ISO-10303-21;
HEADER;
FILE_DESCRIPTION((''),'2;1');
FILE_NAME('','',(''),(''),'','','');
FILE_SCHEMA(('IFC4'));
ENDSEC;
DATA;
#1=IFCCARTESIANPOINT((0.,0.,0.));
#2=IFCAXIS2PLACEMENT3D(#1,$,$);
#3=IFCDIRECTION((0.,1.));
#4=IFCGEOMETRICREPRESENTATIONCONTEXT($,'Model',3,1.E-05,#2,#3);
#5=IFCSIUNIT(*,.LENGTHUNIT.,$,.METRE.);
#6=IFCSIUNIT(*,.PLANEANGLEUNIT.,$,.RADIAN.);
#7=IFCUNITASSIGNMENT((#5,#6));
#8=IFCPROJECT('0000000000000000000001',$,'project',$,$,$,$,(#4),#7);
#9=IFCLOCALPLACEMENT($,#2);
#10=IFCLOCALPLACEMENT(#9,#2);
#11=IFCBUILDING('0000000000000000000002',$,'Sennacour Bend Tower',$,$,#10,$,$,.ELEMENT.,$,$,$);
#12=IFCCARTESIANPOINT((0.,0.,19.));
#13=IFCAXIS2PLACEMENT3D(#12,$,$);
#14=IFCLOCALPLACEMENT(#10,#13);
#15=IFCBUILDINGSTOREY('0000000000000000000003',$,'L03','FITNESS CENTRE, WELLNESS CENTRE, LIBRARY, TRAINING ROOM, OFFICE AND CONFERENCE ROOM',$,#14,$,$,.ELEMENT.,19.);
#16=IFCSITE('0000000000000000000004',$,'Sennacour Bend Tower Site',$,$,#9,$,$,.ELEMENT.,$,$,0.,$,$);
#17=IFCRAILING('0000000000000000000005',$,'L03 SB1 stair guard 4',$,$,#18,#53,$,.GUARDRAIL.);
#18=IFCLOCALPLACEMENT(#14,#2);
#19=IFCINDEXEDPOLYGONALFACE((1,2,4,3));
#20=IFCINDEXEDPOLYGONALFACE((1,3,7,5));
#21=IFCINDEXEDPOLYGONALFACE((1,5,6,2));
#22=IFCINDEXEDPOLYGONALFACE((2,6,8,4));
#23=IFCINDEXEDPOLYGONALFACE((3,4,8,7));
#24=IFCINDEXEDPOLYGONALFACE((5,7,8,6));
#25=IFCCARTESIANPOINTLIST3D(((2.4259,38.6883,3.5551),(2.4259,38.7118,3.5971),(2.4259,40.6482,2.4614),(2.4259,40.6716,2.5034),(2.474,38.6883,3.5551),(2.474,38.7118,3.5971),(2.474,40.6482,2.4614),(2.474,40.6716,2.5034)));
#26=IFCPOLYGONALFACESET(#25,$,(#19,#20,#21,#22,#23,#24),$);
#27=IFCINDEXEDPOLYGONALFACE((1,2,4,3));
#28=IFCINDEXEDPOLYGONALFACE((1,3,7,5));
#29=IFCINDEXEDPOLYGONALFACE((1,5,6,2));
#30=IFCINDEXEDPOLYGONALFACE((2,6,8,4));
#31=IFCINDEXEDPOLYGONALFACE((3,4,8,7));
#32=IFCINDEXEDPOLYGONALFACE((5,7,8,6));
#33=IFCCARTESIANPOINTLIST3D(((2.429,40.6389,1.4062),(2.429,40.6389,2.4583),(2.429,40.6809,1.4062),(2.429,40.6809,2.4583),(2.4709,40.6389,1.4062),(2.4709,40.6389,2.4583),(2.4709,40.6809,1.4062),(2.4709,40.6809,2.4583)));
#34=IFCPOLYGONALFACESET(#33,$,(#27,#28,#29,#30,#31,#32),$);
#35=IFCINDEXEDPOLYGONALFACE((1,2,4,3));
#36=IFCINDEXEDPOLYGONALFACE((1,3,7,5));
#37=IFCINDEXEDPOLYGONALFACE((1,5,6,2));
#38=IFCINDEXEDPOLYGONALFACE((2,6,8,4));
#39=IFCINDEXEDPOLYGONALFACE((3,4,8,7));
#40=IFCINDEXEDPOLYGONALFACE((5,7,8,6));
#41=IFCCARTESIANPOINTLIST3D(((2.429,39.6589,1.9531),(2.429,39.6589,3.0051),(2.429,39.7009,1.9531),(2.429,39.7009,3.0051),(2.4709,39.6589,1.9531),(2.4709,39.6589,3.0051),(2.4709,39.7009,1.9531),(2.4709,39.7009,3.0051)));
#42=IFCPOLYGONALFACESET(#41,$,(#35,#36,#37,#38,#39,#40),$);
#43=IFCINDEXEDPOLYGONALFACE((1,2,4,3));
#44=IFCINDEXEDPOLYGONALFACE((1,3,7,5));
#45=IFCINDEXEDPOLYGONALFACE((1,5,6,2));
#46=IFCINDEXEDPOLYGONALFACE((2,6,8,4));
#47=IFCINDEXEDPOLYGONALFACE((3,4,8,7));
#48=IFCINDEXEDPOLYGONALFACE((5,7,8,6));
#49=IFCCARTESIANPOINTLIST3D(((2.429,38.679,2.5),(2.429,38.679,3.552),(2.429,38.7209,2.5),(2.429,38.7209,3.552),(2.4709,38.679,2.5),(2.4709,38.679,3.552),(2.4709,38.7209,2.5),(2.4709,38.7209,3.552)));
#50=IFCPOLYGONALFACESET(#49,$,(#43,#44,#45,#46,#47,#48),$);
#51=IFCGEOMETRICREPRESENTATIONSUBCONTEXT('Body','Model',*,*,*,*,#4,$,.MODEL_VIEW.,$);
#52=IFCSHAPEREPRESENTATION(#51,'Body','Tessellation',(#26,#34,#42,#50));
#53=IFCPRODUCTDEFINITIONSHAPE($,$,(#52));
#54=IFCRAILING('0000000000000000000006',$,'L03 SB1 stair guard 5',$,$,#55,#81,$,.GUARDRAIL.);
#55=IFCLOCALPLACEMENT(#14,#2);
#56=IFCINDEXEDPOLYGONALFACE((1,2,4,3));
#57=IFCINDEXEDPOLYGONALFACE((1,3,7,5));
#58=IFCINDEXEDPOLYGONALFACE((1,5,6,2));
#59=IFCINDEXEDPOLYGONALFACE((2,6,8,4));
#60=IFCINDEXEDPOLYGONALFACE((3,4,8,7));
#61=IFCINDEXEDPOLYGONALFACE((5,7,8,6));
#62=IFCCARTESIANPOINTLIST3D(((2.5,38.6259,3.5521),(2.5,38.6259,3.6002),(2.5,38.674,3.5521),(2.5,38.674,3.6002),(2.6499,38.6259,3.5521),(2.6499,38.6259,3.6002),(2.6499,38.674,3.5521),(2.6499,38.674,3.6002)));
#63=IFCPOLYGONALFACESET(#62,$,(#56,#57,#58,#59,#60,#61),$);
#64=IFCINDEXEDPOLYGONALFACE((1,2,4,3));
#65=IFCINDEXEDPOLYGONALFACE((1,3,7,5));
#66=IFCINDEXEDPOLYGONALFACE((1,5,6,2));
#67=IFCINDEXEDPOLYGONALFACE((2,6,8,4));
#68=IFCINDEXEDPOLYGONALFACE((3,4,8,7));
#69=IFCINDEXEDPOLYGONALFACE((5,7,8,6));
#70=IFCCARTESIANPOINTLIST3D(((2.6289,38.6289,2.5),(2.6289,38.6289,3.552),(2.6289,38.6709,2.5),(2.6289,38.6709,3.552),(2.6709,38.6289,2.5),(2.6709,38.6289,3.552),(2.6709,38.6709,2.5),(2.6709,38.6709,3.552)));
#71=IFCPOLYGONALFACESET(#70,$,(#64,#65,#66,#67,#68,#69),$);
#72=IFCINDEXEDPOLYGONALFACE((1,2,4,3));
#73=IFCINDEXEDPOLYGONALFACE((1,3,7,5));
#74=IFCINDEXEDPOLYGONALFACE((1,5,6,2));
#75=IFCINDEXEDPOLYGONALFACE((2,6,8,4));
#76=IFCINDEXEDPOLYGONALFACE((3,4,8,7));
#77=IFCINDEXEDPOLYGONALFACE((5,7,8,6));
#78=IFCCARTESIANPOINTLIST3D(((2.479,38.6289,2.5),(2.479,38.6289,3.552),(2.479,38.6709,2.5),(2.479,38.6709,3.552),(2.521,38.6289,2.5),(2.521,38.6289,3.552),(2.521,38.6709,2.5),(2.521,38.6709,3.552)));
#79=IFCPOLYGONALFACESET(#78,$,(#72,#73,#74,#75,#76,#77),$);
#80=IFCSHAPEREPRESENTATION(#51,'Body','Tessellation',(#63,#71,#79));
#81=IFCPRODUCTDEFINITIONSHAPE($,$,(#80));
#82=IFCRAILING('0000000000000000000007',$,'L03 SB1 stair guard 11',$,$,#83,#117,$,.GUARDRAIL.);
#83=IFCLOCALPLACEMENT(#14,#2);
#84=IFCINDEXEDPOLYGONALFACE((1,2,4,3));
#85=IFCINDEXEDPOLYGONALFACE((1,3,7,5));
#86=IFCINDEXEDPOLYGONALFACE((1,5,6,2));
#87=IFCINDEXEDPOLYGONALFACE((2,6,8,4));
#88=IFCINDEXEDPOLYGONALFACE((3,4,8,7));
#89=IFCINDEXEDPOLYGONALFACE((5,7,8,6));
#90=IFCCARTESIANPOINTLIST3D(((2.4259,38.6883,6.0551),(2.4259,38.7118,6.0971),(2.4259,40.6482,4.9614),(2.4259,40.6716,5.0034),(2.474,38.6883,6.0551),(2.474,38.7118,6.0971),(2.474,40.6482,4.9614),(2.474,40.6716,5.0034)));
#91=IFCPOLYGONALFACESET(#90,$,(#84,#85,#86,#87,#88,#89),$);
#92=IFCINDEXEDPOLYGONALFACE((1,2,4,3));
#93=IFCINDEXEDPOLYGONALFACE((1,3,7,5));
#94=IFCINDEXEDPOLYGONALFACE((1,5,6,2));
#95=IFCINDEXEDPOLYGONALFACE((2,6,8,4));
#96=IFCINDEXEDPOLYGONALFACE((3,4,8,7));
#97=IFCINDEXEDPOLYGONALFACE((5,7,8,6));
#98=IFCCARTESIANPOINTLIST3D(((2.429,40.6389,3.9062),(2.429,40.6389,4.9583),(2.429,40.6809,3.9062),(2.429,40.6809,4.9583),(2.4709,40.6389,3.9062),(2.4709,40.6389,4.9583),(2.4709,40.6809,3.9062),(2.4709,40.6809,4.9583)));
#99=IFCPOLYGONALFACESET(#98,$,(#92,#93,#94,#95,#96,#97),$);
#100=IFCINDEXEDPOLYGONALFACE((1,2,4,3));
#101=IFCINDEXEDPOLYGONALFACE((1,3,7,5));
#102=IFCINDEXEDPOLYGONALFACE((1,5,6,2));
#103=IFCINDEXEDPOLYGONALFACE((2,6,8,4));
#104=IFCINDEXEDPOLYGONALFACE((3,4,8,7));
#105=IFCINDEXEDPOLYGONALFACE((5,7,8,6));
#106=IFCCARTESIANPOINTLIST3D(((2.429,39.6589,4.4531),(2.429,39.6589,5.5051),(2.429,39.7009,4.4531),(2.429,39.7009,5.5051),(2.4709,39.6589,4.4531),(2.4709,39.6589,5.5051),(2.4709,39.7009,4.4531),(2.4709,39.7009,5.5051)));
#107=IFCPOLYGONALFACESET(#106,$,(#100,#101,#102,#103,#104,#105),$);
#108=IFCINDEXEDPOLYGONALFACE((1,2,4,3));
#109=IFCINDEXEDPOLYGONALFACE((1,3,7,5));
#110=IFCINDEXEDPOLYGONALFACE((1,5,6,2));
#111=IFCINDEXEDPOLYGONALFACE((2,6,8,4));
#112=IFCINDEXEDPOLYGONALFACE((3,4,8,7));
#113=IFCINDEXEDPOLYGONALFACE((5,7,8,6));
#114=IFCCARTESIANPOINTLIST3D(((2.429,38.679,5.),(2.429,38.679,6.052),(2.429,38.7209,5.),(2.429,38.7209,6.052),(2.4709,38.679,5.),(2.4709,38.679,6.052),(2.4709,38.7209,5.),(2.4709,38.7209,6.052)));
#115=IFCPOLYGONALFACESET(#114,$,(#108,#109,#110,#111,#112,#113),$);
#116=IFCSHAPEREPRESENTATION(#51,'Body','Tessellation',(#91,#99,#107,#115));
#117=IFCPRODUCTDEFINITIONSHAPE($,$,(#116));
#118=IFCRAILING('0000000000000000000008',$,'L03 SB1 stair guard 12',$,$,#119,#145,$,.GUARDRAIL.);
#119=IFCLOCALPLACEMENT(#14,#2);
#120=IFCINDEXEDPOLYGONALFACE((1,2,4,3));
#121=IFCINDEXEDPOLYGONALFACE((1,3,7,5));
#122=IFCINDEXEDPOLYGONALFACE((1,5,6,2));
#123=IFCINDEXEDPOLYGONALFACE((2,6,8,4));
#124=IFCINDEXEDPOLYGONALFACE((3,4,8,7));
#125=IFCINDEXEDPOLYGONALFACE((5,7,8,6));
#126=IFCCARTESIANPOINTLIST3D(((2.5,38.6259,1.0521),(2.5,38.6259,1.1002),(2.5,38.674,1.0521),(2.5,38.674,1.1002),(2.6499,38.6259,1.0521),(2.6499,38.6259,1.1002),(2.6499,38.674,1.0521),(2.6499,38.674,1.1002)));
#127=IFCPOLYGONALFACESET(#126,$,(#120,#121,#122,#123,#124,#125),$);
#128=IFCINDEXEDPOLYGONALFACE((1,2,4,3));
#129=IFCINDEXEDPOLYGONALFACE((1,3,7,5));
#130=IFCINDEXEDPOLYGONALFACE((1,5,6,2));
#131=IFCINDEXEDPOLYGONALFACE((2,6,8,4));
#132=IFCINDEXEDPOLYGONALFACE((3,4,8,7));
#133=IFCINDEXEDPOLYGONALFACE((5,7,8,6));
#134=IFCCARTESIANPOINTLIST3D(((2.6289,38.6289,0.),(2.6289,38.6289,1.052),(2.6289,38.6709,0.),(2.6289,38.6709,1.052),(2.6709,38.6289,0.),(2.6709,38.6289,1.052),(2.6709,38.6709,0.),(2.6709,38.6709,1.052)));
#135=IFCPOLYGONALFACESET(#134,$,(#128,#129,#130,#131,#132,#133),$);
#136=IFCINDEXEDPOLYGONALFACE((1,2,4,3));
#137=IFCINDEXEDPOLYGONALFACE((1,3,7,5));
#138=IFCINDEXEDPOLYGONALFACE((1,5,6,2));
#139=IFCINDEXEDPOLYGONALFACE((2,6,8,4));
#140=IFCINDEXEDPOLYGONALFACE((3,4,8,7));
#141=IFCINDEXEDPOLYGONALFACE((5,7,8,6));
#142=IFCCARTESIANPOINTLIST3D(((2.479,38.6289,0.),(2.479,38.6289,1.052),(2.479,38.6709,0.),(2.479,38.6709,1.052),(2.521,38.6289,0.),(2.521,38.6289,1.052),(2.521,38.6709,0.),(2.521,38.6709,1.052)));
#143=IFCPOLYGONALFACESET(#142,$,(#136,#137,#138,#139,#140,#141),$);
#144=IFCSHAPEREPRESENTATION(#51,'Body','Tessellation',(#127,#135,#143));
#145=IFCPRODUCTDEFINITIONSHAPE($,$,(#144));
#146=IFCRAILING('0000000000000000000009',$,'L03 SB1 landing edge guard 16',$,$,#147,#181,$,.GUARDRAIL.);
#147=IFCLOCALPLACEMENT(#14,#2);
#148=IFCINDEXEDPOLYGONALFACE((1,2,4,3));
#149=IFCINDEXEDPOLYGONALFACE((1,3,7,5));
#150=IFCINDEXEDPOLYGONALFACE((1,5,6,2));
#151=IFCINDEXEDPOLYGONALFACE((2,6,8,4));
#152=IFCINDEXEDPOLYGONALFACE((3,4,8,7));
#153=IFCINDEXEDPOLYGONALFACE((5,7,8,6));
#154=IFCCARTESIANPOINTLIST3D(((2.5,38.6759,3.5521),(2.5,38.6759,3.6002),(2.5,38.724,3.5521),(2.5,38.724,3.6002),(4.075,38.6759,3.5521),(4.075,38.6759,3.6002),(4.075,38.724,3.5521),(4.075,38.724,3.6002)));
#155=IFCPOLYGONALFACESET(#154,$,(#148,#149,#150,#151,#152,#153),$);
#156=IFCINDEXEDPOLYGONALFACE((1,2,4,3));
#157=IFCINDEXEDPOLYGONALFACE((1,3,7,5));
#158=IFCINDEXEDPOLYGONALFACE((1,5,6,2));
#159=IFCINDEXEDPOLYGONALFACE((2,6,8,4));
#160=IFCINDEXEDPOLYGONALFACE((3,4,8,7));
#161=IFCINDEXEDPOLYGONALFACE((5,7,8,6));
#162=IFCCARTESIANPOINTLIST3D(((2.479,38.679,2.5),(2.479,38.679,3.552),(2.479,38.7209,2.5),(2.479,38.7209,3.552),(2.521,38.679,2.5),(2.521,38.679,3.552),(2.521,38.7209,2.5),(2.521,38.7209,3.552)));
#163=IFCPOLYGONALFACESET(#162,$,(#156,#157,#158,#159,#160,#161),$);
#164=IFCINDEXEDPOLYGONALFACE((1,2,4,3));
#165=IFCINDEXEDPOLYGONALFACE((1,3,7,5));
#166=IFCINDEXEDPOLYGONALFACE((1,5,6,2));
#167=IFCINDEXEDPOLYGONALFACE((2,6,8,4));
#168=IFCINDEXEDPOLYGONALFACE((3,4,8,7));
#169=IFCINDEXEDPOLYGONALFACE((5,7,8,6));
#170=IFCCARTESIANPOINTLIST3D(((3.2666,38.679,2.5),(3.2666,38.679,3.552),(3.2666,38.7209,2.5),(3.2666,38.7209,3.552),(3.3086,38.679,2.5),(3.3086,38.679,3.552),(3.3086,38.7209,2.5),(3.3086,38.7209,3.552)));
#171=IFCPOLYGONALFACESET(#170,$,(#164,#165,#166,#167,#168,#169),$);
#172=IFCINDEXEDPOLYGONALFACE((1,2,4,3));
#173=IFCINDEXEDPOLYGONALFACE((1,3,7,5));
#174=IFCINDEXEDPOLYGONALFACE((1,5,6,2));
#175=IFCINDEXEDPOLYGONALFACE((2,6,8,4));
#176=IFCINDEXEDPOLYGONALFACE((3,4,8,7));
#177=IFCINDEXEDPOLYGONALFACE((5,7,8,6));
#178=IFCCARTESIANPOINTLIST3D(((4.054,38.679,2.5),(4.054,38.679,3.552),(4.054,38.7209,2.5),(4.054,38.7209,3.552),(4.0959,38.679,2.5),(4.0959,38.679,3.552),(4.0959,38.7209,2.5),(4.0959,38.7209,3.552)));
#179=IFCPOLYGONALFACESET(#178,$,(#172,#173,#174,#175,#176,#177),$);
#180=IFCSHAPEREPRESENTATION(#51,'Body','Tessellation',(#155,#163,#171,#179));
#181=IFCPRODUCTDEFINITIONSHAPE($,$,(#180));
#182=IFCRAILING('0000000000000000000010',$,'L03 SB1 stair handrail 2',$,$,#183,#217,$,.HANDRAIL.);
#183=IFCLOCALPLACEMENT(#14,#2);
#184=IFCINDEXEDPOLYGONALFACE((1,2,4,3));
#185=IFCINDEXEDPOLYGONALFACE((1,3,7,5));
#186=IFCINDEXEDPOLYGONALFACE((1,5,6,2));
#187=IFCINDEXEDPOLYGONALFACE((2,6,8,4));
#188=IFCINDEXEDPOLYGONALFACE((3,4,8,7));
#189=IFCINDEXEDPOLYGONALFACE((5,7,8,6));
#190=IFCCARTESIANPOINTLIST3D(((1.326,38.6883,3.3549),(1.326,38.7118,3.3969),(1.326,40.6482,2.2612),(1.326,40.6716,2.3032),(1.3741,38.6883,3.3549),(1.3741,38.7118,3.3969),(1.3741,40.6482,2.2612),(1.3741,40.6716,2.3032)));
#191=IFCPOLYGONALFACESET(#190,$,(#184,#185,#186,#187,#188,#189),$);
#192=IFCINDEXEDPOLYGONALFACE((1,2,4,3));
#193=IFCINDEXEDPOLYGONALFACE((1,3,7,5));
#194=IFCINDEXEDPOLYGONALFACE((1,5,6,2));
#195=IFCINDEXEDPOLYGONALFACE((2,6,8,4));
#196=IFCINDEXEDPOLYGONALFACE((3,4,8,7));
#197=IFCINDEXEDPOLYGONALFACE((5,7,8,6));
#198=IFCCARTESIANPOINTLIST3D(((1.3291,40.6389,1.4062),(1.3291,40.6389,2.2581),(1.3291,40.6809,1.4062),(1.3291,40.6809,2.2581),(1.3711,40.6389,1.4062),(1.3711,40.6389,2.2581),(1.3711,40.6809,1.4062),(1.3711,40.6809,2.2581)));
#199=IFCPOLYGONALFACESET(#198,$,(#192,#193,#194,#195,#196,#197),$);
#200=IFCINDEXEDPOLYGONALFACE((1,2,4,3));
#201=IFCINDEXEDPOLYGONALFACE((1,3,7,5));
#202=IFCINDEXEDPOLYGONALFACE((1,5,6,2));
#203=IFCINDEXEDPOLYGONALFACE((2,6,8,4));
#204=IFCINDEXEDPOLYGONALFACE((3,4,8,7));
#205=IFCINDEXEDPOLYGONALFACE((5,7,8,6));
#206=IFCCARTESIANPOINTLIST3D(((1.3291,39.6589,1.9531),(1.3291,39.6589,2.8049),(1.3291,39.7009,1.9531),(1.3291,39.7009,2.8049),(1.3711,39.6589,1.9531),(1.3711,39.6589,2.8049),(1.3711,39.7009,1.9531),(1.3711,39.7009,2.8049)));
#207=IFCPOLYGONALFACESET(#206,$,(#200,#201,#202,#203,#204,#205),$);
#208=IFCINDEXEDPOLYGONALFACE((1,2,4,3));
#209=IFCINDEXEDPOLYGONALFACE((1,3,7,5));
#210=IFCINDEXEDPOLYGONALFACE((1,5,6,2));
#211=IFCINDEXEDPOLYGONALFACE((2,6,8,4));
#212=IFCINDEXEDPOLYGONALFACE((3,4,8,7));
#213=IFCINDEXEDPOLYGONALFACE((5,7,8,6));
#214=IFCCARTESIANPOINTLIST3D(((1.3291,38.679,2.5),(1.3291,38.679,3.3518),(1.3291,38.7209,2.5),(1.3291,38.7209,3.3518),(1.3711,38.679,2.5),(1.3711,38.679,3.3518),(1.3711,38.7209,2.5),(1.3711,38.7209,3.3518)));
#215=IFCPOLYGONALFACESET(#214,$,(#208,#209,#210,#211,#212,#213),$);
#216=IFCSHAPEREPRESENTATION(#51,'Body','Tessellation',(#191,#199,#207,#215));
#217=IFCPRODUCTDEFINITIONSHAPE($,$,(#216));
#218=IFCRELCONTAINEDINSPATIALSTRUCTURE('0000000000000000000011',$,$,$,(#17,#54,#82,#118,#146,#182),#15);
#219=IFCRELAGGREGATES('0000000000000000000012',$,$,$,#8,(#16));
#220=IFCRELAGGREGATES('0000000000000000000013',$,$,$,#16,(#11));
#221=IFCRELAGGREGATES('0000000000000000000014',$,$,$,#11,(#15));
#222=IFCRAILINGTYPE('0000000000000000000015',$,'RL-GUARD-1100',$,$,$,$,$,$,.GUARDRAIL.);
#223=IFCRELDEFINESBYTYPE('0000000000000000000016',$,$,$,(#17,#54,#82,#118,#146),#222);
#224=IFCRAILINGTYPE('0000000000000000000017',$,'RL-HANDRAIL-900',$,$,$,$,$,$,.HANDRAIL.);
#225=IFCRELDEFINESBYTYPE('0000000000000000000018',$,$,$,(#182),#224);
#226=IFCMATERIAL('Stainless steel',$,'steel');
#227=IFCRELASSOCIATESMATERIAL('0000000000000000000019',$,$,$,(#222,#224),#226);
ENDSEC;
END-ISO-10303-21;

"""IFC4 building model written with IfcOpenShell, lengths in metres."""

from ifc_helpers import new_model, si_unit, direction, frame, origin, origin_2d, place, context, subcontext, project, spatial, rectangle, extrude, material, type_object, element, save


model = new_model("IFC4")

# Units and contexts
model_context = context("Model", 3, precision=1e-05, world=origin(), true_north=direction((0.0, 1.0)))
body_context = subcontext(model_context, "Body", "Model", "MODEL_VIEW")
ifc_project = project(units=[si_unit("LENGTHUNIT", "METRE"), si_unit("PLANEANGLEUNIT", "RADIAN")], contexts=[model_context])

# Site, building, storey
site_placement = place(None, origin())
site = spatial("IfcSite", under=ifc_project, at=site_placement, Name="Sennacour Bend Tower Site", CompositionType="ELEMENT", RefElevation=0.0)
building_placement = place(site_placement, origin())
building = spatial("IfcBuilding", under=site, at=building_placement, Name="Sennacour Bend Tower", CompositionType="ELEMENT")
storey_placement = place(building_placement, frame((0.0, 0.0, 19.0)))
storey = spatial("IfcBuildingStorey", under=building, at=storey_placement, Name="L03", Description="FITNESS CENTRE, WELLNESS CENTRE, LIBRARY, TRAINING ROOM, OFFICE AND CONFERENCE ROOM", CompositionType="ELEMENT", Elevation=19.0)

# Railings
ifc_material_1 = material(Name="Stainless steel", Category="steel")
railing_type_1 = type_object("IfcRailingType", Name="RL-GUARD-1100", PredefinedType="GUARDRAIL", material=ifc_material_1)
railing_1_placement = place(storey_placement, frame((2.45, 40.6599, 1.4062)))
element("IfcRailing", 1, at=railing_1_placement, inside=storey, type_object=railing_type_1, Name="L03 SB1 stair guard 4", PredefinedType="GUARDRAIL", context=body_context, shape_type="SweptSolid", body=[
    extrude(rectangle(XDim=0.0481, YDim=0.0481, at=origin_2d()), frame((0.0, 0.0, 1.0762), z_axis=(0.0, -0.873232, 0.487304), x_axis=(1.0, 0.0, 0.0)), (0.0, 0.0, 1.0), 2.2444),
    extrude(rectangle(XDim=0.042, YDim=0.042, at=origin_2d()), origin(), (0.0, 0.0, 1.0), 1.052),
    extrude(rectangle(XDim=0.042, YDim=0.042, at=origin_2d()), frame((0.0, -0.98, 0.5469)), (0.0, 0.0, 1.0), 1.052),
    extrude(rectangle(XDim=0.042, YDim=0.042, at=origin_2d()), frame((0.0, -1.96, 1.0938)), (0.0, 0.0, 1.0), 1.052),
])
railing_2_placement = place(storey_placement, frame((2.6499, 38.6499, 2.5)))
element("IfcRailing", 2, at=railing_2_placement, inside=storey, type_object=railing_type_1, Name="L03 SB1 stair guard 5", PredefinedType="GUARDRAIL", context=body_context, shape_type="SweptSolid", body=[
    extrude(rectangle(XDim=0.0481, YDim=0.0481, at=origin_2d()), frame((0.0, 0.0, 1.0762), z_axis=(-1.0, 0.0, 0.0), x_axis=(0.0, -1.0, 0.0)), (0.0, 0.0, 1.0), 0.1499),
    extrude(rectangle(XDim=0.042, YDim=0.042, at=origin_2d()), origin(), (0.0, 0.0, 1.0), 1.052),
    extrude(rectangle(XDim=0.042, YDim=0.042, at=origin_2d()), frame((-0.1499, 0.0, 0.0)), (0.0, 0.0, 1.0), 1.052),
])
railing_3_placement = place(storey_placement, frame((2.45, 40.6599, 3.9062)))
element("IfcRailing", 3, at=railing_3_placement, inside=storey, type_object=railing_type_1, Name="L03 SB1 stair guard 11", PredefinedType="GUARDRAIL", context=body_context, shape_type="SweptSolid", body=[
    extrude(rectangle(XDim=0.0481, YDim=0.0481, at=origin_2d()), frame((0.0, 0.0, 1.0762), z_axis=(0.0, -0.873232, 0.487304), x_axis=(1.0, 0.0, 0.0)), (0.0, 0.0, 1.0), 2.2444),
    extrude(rectangle(XDim=0.042, YDim=0.042, at=origin_2d()), origin(), (0.0, 0.0, 1.0), 1.052),
    extrude(rectangle(XDim=0.042, YDim=0.042, at=origin_2d()), frame((0.0, -0.98, 0.5469)), (0.0, 0.0, 1.0), 1.052),
    extrude(rectangle(XDim=0.042, YDim=0.042, at=origin_2d()), frame((0.0, -1.96, 1.0938)), (0.0, 0.0, 1.0), 1.052),
])
railing_4_placement = place(storey_placement, frame((2.6499, 38.6499, 0.0)))
element("IfcRailing", 4, at=railing_4_placement, inside=storey, type_object=railing_type_1, Name="L03 SB1 stair guard 12", PredefinedType="GUARDRAIL", context=body_context, shape_type="SweptSolid", body=[
    extrude(rectangle(XDim=0.0481, YDim=0.0481, at=origin_2d()), frame((0.0, 0.0, 1.0762), z_axis=(-1.0, 0.0, 0.0), x_axis=(0.0, -1.0, 0.0)), (0.0, 0.0, 1.0), 0.1499),
    extrude(rectangle(XDim=0.042, YDim=0.042, at=origin_2d()), origin(), (0.0, 0.0, 1.0), 1.052),
    extrude(rectangle(XDim=0.042, YDim=0.042, at=origin_2d()), frame((-0.1499, 0.0, 0.0)), (0.0, 0.0, 1.0), 1.052),
])
railing_5_placement = place(storey_placement, frame((2.5, 38.7, 2.5)))
element("IfcRailing", 5, at=railing_5_placement, inside=storey, type_object=railing_type_1, Name="L03 SB1 landing edge guard 16", PredefinedType="GUARDRAIL", context=body_context, shape_type="SweptSolid", body=[
    extrude(rectangle(XDim=0.0481, YDim=0.0481, at=origin_2d()), frame((0.0, 0.0, 1.0762), z_axis=(1.0, 0.0, 0.0), x_axis=(0.0, 1.0, 0.0)), (0.0, 0.0, 1.0), 1.575),
    extrude(rectangle(XDim=0.042, YDim=0.042, at=origin_2d()), origin(), (0.0, 0.0, 1.0), 1.052),
    extrude(rectangle(XDim=0.042, YDim=0.042, at=origin_2d()), frame((0.7876, 0.0, 0.0)), (0.0, 0.0, 1.0), 1.052),
    extrude(rectangle(XDim=0.042, YDim=0.042, at=origin_2d()), frame((1.575, 0.0, 0.0)), (0.0, 0.0, 1.0), 1.052),
])
railing_type_2 = type_object("IfcRailingType", Name="RL-HANDRAIL-900", PredefinedType="HANDRAIL", material=ifc_material_1)
for number, where, name in (
    (6, (1.3501, 40.6599, 1.4062), "L03 SB1 stair handrail 2"),
):
    element("IfcRailing", number, at=place(storey_placement, frame(where)), inside=storey, type_object=railing_type_2, Name=name, PredefinedType="HANDRAIL", context=body_context, shape_type="SweptSolid", body=[
        extrude(rectangle(XDim=0.0481, YDim=0.0481, at=origin_2d()), frame((0.0, 0.0, 0.876), z_axis=(0.0, -0.873232, 0.487304), x_axis=(1.0, 0.0, 0.0)), (0.0, 0.0, 1.0), 2.2444),
        extrude(rectangle(XDim=0.042, YDim=0.042, at=origin_2d()), origin(), (0.0, 0.0, 1.0), 0.8518),
        extrude(rectangle(XDim=0.042, YDim=0.042, at=origin_2d()), frame((0.0, -0.98, 0.5469)), (0.0, 0.0, 1.0), 0.8518),
        extrude(rectangle(XDim=0.042, YDim=0.042, at=origin_2d()), frame((0.0, -1.96, 1.0938)), (0.0, 0.0, 1.0), 0.8518),
    ])

save(model, "model.ifc")
